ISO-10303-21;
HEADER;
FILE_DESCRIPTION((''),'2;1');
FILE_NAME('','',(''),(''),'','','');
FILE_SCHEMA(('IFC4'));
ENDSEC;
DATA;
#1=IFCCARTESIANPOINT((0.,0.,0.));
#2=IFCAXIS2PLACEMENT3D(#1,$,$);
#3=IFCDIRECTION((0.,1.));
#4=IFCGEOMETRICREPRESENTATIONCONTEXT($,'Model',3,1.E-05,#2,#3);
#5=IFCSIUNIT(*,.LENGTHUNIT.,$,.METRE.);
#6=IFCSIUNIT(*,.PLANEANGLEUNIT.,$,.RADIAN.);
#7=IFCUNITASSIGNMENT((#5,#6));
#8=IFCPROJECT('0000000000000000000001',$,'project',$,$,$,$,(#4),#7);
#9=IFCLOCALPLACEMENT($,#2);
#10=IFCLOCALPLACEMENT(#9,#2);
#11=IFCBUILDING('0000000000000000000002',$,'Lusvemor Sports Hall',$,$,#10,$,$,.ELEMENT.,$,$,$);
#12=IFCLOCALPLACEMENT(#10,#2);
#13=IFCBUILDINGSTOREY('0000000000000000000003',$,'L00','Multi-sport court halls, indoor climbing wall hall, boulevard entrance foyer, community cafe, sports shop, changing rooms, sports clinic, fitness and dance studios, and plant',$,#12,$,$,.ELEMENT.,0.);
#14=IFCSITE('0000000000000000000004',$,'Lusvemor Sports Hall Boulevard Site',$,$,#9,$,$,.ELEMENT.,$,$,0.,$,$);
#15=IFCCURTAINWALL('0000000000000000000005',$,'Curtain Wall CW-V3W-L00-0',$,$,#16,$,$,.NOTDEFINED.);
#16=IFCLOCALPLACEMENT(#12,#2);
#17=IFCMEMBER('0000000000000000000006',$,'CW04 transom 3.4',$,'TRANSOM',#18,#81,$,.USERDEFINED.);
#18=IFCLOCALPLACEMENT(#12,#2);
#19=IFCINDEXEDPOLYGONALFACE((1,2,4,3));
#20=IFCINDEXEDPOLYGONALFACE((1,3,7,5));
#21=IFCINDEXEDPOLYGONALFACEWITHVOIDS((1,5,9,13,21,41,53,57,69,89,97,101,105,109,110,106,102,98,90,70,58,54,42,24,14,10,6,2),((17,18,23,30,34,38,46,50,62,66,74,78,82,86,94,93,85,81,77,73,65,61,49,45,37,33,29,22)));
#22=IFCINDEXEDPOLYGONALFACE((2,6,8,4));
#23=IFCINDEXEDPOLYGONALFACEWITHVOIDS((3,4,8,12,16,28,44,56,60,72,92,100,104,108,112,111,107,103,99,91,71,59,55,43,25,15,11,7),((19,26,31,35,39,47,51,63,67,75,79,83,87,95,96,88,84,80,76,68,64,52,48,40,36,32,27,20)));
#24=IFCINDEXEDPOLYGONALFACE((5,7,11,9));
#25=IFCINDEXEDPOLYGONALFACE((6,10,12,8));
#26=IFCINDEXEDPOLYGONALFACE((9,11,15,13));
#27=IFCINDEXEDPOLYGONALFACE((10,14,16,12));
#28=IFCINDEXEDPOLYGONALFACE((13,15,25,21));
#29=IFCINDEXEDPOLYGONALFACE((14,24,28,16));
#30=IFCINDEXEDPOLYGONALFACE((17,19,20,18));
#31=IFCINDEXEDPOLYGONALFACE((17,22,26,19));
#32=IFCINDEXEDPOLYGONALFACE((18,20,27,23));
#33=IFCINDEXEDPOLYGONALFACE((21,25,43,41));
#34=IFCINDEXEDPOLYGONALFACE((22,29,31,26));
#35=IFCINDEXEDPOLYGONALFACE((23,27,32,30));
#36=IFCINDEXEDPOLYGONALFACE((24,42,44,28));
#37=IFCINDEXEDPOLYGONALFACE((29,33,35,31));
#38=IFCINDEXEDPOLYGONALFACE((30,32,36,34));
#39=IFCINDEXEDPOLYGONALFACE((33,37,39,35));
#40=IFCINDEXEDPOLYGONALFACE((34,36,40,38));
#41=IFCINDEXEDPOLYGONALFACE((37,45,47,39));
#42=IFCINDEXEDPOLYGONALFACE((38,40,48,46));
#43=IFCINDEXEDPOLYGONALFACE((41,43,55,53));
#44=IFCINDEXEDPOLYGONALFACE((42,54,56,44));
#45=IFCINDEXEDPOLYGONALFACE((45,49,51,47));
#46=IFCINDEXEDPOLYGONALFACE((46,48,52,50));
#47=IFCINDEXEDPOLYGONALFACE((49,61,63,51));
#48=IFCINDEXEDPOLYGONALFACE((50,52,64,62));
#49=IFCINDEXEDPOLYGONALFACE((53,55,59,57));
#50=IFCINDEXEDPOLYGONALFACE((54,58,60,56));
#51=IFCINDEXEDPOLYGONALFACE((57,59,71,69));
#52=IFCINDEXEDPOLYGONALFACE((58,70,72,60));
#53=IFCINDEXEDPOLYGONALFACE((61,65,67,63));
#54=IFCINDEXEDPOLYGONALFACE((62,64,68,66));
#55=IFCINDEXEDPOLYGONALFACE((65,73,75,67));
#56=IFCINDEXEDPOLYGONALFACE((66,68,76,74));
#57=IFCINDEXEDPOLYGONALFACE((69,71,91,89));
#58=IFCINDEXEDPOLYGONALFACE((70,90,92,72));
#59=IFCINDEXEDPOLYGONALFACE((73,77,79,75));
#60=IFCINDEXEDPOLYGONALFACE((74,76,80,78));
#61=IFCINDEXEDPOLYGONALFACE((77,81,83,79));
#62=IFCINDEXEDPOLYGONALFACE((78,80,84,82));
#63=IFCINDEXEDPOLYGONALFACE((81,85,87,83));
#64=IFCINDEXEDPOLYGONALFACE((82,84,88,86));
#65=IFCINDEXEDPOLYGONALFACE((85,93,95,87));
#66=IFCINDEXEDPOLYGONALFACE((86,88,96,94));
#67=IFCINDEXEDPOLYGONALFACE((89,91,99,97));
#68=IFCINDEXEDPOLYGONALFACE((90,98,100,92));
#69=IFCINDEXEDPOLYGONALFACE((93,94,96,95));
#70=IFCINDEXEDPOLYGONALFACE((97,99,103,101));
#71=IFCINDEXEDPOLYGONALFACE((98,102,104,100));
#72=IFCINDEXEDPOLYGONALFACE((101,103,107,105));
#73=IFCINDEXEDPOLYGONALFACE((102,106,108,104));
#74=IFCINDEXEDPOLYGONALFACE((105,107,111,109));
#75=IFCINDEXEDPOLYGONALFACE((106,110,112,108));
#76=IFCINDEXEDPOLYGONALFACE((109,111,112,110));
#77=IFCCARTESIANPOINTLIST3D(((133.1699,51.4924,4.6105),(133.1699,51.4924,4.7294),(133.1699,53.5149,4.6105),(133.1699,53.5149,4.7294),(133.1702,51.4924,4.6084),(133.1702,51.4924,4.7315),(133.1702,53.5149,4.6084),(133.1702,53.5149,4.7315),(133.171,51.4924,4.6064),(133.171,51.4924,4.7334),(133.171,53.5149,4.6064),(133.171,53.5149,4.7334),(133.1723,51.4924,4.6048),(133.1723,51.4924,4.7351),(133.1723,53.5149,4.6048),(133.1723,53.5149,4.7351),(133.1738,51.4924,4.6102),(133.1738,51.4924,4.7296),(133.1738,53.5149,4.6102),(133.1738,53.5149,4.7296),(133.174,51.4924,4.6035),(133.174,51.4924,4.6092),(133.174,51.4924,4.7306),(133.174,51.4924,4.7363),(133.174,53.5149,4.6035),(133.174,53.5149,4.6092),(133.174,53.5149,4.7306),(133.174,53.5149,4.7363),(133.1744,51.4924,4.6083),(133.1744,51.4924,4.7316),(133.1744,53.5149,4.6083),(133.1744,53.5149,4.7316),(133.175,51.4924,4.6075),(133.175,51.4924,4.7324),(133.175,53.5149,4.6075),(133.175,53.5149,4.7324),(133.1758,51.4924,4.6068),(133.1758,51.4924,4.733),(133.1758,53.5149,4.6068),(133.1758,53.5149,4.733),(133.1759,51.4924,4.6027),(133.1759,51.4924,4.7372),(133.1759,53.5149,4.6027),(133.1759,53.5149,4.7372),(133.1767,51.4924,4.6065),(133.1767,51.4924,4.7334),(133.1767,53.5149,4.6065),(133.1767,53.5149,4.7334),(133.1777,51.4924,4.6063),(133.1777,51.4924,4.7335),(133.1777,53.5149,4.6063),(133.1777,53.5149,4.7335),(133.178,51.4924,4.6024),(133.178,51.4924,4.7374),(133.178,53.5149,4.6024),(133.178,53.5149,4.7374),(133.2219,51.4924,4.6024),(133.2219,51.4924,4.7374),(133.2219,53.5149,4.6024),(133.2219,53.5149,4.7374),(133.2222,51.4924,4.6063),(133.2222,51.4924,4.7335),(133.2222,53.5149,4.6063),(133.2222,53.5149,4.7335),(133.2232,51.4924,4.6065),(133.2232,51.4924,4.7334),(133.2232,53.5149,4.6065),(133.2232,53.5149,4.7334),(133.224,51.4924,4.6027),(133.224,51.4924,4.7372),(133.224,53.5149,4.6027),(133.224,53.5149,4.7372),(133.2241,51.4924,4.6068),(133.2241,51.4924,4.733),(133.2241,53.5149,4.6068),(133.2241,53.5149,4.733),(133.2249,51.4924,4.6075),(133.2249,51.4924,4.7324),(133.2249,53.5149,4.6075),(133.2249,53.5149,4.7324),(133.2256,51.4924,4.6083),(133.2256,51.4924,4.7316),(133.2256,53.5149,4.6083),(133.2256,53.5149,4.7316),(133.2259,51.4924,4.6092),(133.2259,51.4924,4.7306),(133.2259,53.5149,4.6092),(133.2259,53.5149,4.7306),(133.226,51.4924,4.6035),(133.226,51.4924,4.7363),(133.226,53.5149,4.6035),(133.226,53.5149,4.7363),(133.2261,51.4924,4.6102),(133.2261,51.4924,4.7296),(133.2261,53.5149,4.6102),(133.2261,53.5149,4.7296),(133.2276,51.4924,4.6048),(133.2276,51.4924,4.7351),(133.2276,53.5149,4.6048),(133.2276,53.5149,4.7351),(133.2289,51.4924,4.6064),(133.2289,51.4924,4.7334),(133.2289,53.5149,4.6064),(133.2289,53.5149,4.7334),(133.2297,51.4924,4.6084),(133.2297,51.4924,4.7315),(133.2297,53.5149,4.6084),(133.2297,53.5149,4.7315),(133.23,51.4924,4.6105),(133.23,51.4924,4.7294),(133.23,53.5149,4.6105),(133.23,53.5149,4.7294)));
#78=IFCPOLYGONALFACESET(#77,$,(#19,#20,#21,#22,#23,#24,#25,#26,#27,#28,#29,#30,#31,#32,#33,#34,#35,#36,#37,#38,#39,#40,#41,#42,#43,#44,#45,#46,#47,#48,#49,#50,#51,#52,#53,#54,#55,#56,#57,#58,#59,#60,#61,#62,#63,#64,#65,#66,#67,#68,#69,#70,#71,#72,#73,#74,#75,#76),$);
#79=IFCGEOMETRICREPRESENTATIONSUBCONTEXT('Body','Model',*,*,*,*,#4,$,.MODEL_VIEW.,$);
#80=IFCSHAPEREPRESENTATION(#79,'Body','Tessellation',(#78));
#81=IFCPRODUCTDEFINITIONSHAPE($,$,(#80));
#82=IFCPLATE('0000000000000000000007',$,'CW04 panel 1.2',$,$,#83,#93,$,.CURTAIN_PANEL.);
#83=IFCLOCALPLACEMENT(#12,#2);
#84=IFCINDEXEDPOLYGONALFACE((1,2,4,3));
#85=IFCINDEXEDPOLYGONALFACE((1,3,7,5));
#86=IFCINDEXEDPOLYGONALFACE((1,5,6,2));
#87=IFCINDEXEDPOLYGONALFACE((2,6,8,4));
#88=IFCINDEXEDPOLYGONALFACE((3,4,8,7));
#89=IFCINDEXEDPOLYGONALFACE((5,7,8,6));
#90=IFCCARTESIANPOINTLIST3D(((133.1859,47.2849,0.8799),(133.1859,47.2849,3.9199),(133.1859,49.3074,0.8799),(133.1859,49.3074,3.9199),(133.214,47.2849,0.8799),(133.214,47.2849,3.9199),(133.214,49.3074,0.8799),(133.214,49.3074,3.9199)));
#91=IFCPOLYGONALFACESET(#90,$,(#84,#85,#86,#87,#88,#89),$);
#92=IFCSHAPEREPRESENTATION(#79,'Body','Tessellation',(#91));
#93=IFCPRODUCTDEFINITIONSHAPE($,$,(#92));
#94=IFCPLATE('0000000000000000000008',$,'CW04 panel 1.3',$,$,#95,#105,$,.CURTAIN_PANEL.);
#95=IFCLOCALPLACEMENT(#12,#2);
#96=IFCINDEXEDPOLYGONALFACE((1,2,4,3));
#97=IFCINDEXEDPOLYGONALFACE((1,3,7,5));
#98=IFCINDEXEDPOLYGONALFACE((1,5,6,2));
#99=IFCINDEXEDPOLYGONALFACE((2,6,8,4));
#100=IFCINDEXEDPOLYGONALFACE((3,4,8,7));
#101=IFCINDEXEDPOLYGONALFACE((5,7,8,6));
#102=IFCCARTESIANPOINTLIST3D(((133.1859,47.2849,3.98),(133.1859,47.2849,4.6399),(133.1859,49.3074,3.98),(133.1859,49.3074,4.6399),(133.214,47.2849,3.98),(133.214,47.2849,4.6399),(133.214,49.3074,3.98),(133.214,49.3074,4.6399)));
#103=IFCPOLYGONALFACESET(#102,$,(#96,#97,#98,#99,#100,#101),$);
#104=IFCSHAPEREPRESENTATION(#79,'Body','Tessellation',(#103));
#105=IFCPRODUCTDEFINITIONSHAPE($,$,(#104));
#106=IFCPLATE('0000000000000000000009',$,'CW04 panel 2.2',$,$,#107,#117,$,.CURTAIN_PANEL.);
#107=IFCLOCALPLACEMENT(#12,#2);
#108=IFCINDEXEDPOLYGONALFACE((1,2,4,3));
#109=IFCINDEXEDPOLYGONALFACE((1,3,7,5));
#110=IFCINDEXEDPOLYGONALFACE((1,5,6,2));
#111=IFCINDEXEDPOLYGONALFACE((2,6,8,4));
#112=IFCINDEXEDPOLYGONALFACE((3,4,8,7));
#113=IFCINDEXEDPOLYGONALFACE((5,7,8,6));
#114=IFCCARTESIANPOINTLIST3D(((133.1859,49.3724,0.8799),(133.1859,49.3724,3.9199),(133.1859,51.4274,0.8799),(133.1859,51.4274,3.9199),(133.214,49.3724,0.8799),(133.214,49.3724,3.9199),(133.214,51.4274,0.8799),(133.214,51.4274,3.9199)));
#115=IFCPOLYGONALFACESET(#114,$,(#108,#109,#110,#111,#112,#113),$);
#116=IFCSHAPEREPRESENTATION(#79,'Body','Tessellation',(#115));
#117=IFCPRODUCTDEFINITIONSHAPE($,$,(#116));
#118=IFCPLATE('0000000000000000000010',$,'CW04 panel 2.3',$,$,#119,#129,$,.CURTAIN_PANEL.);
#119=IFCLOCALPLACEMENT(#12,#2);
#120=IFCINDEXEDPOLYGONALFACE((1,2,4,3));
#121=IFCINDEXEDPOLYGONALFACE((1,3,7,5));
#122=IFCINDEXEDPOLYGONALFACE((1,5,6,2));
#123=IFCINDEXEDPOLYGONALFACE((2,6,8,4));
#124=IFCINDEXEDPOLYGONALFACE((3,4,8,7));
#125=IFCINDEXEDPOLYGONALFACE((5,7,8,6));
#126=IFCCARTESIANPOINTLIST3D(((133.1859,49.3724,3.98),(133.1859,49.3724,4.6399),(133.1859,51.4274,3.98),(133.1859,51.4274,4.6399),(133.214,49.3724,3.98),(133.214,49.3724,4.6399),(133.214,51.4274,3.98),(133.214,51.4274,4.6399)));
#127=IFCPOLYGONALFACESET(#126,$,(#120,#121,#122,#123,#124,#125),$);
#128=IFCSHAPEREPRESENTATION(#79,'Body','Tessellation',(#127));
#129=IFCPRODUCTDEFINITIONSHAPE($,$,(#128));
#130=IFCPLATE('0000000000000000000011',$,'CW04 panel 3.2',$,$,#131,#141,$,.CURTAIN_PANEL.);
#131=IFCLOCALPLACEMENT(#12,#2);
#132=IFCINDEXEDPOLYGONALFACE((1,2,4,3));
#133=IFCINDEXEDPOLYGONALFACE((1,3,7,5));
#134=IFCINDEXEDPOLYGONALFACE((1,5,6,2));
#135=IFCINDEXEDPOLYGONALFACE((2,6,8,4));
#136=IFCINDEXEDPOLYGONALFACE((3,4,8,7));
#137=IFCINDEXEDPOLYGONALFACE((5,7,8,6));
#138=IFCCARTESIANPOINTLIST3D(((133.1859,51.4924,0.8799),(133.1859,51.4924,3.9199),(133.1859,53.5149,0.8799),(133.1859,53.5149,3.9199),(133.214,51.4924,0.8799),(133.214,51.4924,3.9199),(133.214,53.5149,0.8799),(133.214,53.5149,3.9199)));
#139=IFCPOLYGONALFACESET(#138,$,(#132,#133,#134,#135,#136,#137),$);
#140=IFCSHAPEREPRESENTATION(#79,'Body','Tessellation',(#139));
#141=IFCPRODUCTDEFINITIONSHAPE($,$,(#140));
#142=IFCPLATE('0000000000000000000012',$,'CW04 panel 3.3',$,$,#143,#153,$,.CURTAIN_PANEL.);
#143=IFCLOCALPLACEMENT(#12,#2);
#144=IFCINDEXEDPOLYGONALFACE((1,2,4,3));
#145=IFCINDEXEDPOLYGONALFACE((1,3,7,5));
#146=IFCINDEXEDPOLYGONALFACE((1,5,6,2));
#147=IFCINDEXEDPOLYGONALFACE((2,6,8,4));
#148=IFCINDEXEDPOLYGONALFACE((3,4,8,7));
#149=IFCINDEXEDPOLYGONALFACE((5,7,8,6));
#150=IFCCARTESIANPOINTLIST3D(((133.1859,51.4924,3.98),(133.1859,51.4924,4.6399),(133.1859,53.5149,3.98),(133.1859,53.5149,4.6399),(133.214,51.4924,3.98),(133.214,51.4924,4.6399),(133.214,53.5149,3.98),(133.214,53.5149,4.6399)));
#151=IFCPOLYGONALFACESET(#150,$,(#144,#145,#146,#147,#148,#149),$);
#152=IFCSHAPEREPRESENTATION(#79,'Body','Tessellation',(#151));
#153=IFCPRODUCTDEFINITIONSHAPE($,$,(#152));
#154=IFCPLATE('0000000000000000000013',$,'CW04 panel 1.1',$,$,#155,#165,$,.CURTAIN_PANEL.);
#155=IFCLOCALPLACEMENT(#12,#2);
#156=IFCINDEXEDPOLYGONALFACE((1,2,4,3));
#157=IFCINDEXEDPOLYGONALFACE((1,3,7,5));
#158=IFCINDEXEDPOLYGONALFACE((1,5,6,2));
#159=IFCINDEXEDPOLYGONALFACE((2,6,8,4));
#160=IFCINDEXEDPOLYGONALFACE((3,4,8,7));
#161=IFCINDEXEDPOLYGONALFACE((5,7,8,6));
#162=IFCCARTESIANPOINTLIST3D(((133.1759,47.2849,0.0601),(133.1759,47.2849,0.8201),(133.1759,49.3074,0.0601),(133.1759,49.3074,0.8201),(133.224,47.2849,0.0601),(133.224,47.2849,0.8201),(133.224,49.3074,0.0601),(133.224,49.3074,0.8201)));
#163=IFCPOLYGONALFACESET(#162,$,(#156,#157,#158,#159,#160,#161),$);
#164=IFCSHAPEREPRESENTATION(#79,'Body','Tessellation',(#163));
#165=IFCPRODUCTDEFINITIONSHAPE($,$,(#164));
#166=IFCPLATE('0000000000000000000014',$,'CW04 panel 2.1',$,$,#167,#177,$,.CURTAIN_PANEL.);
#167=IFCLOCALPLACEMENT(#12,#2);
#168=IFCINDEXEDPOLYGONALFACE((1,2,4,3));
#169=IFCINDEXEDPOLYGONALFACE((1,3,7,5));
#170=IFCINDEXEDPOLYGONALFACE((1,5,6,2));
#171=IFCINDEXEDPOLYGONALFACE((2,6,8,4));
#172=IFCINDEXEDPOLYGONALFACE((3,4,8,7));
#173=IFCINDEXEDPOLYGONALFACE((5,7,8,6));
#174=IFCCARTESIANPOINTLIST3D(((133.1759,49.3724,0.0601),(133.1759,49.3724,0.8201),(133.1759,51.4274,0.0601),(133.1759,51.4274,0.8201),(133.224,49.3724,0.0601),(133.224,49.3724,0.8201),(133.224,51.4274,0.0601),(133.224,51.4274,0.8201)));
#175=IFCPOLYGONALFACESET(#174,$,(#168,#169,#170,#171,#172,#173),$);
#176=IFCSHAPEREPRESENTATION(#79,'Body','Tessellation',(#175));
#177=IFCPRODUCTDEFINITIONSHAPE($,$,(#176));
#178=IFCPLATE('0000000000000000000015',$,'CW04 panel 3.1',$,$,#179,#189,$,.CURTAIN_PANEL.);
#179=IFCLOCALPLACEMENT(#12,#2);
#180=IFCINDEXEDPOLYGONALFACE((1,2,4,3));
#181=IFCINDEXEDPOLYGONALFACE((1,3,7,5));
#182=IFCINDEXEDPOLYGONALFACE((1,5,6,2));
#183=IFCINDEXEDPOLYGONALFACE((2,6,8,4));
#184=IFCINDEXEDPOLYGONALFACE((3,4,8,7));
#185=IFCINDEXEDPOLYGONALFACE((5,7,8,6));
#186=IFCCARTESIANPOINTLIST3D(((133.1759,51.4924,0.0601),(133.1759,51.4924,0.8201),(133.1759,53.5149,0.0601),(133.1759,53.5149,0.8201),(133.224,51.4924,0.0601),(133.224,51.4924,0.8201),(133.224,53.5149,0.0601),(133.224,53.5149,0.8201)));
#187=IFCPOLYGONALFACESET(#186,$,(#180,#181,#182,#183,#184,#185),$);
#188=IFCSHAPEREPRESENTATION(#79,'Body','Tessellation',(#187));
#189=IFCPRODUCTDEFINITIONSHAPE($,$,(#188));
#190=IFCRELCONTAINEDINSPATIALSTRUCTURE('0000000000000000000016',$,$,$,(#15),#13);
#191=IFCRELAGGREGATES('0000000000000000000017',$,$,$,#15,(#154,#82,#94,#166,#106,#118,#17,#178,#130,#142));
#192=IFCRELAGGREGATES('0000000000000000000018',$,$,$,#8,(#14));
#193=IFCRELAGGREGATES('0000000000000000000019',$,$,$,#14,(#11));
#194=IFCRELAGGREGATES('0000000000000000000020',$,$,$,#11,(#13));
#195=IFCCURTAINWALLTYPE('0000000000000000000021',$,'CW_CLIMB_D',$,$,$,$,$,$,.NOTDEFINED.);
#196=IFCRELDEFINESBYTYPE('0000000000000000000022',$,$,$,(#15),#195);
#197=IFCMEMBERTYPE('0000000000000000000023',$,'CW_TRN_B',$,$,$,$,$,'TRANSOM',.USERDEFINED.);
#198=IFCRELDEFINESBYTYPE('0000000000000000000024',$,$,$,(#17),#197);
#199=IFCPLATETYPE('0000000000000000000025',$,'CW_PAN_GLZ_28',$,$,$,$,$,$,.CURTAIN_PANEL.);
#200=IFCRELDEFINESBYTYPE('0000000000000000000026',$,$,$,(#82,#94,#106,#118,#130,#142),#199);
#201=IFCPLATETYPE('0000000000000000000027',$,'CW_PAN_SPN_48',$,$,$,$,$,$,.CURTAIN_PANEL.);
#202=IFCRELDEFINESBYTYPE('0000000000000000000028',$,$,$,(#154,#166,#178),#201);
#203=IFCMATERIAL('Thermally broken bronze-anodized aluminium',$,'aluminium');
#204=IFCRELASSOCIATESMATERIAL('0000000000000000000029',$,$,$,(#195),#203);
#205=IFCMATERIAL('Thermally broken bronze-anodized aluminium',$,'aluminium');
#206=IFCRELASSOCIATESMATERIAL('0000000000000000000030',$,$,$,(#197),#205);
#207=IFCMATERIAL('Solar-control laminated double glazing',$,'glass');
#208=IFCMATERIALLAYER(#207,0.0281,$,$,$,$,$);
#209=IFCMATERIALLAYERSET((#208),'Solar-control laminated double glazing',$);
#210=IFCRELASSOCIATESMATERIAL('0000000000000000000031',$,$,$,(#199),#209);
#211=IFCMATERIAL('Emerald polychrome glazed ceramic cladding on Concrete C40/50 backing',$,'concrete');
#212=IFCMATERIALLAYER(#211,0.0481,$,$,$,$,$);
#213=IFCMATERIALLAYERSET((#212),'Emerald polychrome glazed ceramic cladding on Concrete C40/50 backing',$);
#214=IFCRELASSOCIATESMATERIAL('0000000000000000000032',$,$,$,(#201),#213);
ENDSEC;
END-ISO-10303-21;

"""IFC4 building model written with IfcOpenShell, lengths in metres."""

from ifc_helpers import new_model, si_unit, direction, frame, origin, origin_2d, place, context, subcontext, project, spatial, rectangle, hollow_rectangle, extrude, material, layer, layer_set, material_profile, profile_set, type_object, element, aggregate, save


model = new_model("IFC4")

# Units and contexts
model_context = context("Model", 3, precision=1e-05, world=origin(), true_north=direction((0.0, 1.0)))
body_context = subcontext(model_context, "Body", "Model", "MODEL_VIEW")
ifc_project = project(units=[si_unit("LENGTHUNIT", "METRE"), si_unit("PLANEANGLEUNIT", "RADIAN")], contexts=[model_context])

# Site, building, storey
site_placement = place(None, origin())
site = spatial("IfcSite", under=ifc_project, at=site_placement, Name="Lusvemor Sports Hall Boulevard Site", CompositionType="ELEMENT", RefElevation=0.0)
building_placement = place(site_placement, origin())
building = spatial("IfcBuilding", under=site, at=building_placement, Name="Lusvemor Sports Hall", CompositionType="ELEMENT")
storey_placement = place(building_placement, origin())
storey = spatial("IfcBuildingStorey", under=building, at=storey_placement, Name="L00", Description="Multi-sport court halls, indoor climbing wall hall, boulevard entrance foyer, community cafe, sports shop, changing rooms, sports clinic, fitness and dance studios, and plant", CompositionType="ELEMENT", Elevation=0.0)

# Curtain wall, member, plates
ifc_material_1 = material(Name="Thermally broken bronze-anodized aluminium", Category="aluminium")
curtain_wall_type = type_object("IfcCurtainWallType", Name="CW_CLIMB_D", PredefinedType="NOTDEFINED", material=ifc_material_1)
curtain_wall_placement = place(storey_placement, origin())
curtain_wall = element("IfcCurtainWall", 1, at=curtain_wall_placement, inside=storey, type_object=curtain_wall_type, Name="Curtain Wall CW-V3W-L00-0", PredefinedType="NOTDEFINED")
ifc_material_2 = material(Name="Thermally broken bronze-anodized aluminium", Category="aluminium")
ifc_material_profile_1 = material_profile(ifc_material_2, hollow_rectangle(XDim=0.0601, YDim=0.135, WallThickness=0.0039, InnerFilletRadius=0.0039, OuterFilletRadius=0.0081, at=origin_2d()), Name="CWTRN135x60x4")
ifc_profile_set_1 = profile_set([ifc_material_profile_1], Name="Thermally broken bronze-anodized aluminium")
member_type_1 = type_object("IfcMemberType", Name="CW_TRN_B", ElementType="TRANSOM", PredefinedType="USERDEFINED", material=ifc_profile_set_1)
member_1_placement = place(storey_placement, frame((133.2, 51.4924, 4.6699), z_axis=(0.0, 1.0, 0.0), x_axis=(-1.0, 0.0, 0.0)))
member_1 = element("IfcMember", 2, at=member_1_placement, type_object=member_type_1, Name="CW04 transom 3.4", ObjectType="TRANSOM", PredefinedType="USERDEFINED", context=body_context, shape_type="SweptSolid", body=[
    extrude(hollow_rectangle(XDim=0.0601, YDim=0.135, WallThickness=0.0039, InnerFilletRadius=0.0039, OuterFilletRadius=0.0081, at=origin_2d()), origin(), (0.0, 0.0, 1.0), 2.0225),
])
ifc_material_3 = material(Name="Solar-control laminated double glazing", Category="glass")
ifc_layer_1 = layer(ifc_material_3, 0.0281)
ifc_layer_set_1 = layer_set([ifc_layer_1], Name="Solar-control laminated double glazing")
plate_type_1 = type_object("IfcPlateType", Name="CW_PAN_GLZ_28", PredefinedType="CURTAIN_PANEL", material=ifc_layer_set_1)
plate_1_placement = place(storey_placement, frame((133.2, 48.2961, 0.8799), z_axis=(0.0, 0.0, 1.0), x_axis=(0.0, 1.0, 0.0)))
plate_1 = element("IfcPlate", 3, at=plate_1_placement, type_object=plate_type_1, Name="CW04 panel 1.2", PredefinedType="CURTAIN_PANEL", context=body_context, shape_type="SweptSolid", body=[
    extrude(rectangle(XDim=2.0225, YDim=0.0281, at=origin_2d()), origin(), (0.0, 0.0, 1.0), 3.04),
])
plate_2_placement = place(storey_placement, frame((133.2, 48.2961, 3.98), z_axis=(0.0, 0.0, 1.0), x_axis=(0.0, 1.0, 0.0)))
plate_2 = element("IfcPlate", 4, at=plate_2_placement, type_object=plate_type_1, Name="CW04 panel 1.3", PredefinedType="CURTAIN_PANEL", context=body_context, shape_type="SweptSolid", body=[
    extrude(rectangle(XDim=2.0225, YDim=0.0281, at=origin_2d()), origin(), (0.0, 0.0, 1.0), 0.6599),
])
plate_3_placement = place(storey_placement, frame((133.2, 50.3999, 0.8799), z_axis=(0.0, 0.0, 1.0), x_axis=(0.0, 1.0, 0.0)))
plate_3 = element("IfcPlate", 5, at=plate_3_placement, type_object=plate_type_1, Name="CW04 panel 2.2", PredefinedType="CURTAIN_PANEL", context=body_context, shape_type="SweptSolid", body=[
    extrude(rectangle(XDim=2.0549, YDim=0.0281, at=origin_2d()), origin(), (0.0, 0.0, 1.0), 3.04),
])
plate_4_placement = place(storey_placement, frame((133.2, 50.3999, 3.98), z_axis=(0.0, 0.0, 1.0), x_axis=(0.0, 1.0, 0.0)))
plate_4 = element("IfcPlate", 6, at=plate_4_placement, type_object=plate_type_1, Name="CW04 panel 2.3", PredefinedType="CURTAIN_PANEL", context=body_context, shape_type="SweptSolid", body=[
    extrude(rectangle(XDim=2.0549, YDim=0.0281, at=origin_2d()), origin(), (0.0, 0.0, 1.0), 0.6599),
])
plate_5_placement = place(storey_placement, frame((133.2, 52.5037, 0.8799), z_axis=(0.0, 0.0, 1.0), x_axis=(0.0, 1.0, 0.0)))
plate_5 = element("IfcPlate", 7, at=plate_5_placement, type_object=plate_type_1, Name="CW04 panel 3.2", PredefinedType="CURTAIN_PANEL", context=body_context, shape_type="SweptSolid", body=[
    extrude(rectangle(XDim=2.0225, YDim=0.0281, at=origin_2d()), origin(), (0.0, 0.0, 1.0), 3.04),
])
plate_6_placement = place(storey_placement, frame((133.2, 52.5037, 3.98), z_axis=(0.0, 0.0, 1.0), x_axis=(0.0, 1.0, 0.0)))
plate_6 = element("IfcPlate", 8, at=plate_6_placement, type_object=plate_type_1, Name="CW04 panel 3.3", PredefinedType="CURTAIN_PANEL", context=body_context, shape_type="SweptSolid", body=[
    extrude(rectangle(XDim=2.0225, YDim=0.0281, at=origin_2d()), origin(), (0.0, 0.0, 1.0), 0.6599),
])
ifc_material_4 = material(Name="Emerald polychrome glazed ceramic cladding on Concrete C40/50 backing", Category="concrete")
ifc_layer_2 = layer(ifc_material_4, 0.0481)
ifc_layer_set_2 = layer_set([ifc_layer_2], Name="Emerald polychrome glazed ceramic cladding on Concrete C40/50 backing")
plate_type_2 = type_object("IfcPlateType", Name="CW_PAN_SPN_48", PredefinedType="CURTAIN_PANEL", material=ifc_layer_set_2)
plate_7_placement = place(storey_placement, frame((133.2, 48.2961, 0.0601), z_axis=(0.0, 0.0, 1.0), x_axis=(0.0, 1.0, 0.0)))
plate_7 = element("IfcPlate", 9, at=plate_7_placement, type_object=plate_type_2, Name="CW04 panel 1.1", PredefinedType="CURTAIN_PANEL", context=body_context, shape_type="SweptSolid", body=[
    extrude(rectangle(XDim=2.0225, YDim=0.0481, at=origin_2d()), origin(), (0.0, 0.0, 1.0), 0.76),
])
plate_8_placement = place(storey_placement, frame((133.2, 50.3999, 0.0601), z_axis=(0.0, 0.0, 1.0), x_axis=(0.0, 1.0, 0.0)))
plate_8 = element("IfcPlate", 10, at=plate_8_placement, type_object=plate_type_2, Name="CW04 panel 2.1", PredefinedType="CURTAIN_PANEL", context=body_context, shape_type="SweptSolid", body=[
    extrude(rectangle(XDim=2.0549, YDim=0.0481, at=origin_2d()), origin(), (0.0, 0.0, 1.0), 0.76),
])
plate_9_placement = place(storey_placement, frame((133.2, 52.5037, 0.0601), z_axis=(0.0, 0.0, 1.0), x_axis=(0.0, 1.0, 0.0)))
plate_9 = element("IfcPlate", 11, at=plate_9_placement, type_object=plate_type_2, Name="CW04 panel 3.1", PredefinedType="CURTAIN_PANEL", context=body_context, shape_type="SweptSolid", body=[
    extrude(rectangle(XDim=2.0225, YDim=0.0481, at=origin_2d()), origin(), (0.0, 0.0, 1.0), 0.76),
])
aggregate(curtain_wall, [plate_7, plate_1, plate_2, plate_8, plate_3, plate_4, member_1, plate_9, plate_5, plate_6])

save(model, "model.ifc")
